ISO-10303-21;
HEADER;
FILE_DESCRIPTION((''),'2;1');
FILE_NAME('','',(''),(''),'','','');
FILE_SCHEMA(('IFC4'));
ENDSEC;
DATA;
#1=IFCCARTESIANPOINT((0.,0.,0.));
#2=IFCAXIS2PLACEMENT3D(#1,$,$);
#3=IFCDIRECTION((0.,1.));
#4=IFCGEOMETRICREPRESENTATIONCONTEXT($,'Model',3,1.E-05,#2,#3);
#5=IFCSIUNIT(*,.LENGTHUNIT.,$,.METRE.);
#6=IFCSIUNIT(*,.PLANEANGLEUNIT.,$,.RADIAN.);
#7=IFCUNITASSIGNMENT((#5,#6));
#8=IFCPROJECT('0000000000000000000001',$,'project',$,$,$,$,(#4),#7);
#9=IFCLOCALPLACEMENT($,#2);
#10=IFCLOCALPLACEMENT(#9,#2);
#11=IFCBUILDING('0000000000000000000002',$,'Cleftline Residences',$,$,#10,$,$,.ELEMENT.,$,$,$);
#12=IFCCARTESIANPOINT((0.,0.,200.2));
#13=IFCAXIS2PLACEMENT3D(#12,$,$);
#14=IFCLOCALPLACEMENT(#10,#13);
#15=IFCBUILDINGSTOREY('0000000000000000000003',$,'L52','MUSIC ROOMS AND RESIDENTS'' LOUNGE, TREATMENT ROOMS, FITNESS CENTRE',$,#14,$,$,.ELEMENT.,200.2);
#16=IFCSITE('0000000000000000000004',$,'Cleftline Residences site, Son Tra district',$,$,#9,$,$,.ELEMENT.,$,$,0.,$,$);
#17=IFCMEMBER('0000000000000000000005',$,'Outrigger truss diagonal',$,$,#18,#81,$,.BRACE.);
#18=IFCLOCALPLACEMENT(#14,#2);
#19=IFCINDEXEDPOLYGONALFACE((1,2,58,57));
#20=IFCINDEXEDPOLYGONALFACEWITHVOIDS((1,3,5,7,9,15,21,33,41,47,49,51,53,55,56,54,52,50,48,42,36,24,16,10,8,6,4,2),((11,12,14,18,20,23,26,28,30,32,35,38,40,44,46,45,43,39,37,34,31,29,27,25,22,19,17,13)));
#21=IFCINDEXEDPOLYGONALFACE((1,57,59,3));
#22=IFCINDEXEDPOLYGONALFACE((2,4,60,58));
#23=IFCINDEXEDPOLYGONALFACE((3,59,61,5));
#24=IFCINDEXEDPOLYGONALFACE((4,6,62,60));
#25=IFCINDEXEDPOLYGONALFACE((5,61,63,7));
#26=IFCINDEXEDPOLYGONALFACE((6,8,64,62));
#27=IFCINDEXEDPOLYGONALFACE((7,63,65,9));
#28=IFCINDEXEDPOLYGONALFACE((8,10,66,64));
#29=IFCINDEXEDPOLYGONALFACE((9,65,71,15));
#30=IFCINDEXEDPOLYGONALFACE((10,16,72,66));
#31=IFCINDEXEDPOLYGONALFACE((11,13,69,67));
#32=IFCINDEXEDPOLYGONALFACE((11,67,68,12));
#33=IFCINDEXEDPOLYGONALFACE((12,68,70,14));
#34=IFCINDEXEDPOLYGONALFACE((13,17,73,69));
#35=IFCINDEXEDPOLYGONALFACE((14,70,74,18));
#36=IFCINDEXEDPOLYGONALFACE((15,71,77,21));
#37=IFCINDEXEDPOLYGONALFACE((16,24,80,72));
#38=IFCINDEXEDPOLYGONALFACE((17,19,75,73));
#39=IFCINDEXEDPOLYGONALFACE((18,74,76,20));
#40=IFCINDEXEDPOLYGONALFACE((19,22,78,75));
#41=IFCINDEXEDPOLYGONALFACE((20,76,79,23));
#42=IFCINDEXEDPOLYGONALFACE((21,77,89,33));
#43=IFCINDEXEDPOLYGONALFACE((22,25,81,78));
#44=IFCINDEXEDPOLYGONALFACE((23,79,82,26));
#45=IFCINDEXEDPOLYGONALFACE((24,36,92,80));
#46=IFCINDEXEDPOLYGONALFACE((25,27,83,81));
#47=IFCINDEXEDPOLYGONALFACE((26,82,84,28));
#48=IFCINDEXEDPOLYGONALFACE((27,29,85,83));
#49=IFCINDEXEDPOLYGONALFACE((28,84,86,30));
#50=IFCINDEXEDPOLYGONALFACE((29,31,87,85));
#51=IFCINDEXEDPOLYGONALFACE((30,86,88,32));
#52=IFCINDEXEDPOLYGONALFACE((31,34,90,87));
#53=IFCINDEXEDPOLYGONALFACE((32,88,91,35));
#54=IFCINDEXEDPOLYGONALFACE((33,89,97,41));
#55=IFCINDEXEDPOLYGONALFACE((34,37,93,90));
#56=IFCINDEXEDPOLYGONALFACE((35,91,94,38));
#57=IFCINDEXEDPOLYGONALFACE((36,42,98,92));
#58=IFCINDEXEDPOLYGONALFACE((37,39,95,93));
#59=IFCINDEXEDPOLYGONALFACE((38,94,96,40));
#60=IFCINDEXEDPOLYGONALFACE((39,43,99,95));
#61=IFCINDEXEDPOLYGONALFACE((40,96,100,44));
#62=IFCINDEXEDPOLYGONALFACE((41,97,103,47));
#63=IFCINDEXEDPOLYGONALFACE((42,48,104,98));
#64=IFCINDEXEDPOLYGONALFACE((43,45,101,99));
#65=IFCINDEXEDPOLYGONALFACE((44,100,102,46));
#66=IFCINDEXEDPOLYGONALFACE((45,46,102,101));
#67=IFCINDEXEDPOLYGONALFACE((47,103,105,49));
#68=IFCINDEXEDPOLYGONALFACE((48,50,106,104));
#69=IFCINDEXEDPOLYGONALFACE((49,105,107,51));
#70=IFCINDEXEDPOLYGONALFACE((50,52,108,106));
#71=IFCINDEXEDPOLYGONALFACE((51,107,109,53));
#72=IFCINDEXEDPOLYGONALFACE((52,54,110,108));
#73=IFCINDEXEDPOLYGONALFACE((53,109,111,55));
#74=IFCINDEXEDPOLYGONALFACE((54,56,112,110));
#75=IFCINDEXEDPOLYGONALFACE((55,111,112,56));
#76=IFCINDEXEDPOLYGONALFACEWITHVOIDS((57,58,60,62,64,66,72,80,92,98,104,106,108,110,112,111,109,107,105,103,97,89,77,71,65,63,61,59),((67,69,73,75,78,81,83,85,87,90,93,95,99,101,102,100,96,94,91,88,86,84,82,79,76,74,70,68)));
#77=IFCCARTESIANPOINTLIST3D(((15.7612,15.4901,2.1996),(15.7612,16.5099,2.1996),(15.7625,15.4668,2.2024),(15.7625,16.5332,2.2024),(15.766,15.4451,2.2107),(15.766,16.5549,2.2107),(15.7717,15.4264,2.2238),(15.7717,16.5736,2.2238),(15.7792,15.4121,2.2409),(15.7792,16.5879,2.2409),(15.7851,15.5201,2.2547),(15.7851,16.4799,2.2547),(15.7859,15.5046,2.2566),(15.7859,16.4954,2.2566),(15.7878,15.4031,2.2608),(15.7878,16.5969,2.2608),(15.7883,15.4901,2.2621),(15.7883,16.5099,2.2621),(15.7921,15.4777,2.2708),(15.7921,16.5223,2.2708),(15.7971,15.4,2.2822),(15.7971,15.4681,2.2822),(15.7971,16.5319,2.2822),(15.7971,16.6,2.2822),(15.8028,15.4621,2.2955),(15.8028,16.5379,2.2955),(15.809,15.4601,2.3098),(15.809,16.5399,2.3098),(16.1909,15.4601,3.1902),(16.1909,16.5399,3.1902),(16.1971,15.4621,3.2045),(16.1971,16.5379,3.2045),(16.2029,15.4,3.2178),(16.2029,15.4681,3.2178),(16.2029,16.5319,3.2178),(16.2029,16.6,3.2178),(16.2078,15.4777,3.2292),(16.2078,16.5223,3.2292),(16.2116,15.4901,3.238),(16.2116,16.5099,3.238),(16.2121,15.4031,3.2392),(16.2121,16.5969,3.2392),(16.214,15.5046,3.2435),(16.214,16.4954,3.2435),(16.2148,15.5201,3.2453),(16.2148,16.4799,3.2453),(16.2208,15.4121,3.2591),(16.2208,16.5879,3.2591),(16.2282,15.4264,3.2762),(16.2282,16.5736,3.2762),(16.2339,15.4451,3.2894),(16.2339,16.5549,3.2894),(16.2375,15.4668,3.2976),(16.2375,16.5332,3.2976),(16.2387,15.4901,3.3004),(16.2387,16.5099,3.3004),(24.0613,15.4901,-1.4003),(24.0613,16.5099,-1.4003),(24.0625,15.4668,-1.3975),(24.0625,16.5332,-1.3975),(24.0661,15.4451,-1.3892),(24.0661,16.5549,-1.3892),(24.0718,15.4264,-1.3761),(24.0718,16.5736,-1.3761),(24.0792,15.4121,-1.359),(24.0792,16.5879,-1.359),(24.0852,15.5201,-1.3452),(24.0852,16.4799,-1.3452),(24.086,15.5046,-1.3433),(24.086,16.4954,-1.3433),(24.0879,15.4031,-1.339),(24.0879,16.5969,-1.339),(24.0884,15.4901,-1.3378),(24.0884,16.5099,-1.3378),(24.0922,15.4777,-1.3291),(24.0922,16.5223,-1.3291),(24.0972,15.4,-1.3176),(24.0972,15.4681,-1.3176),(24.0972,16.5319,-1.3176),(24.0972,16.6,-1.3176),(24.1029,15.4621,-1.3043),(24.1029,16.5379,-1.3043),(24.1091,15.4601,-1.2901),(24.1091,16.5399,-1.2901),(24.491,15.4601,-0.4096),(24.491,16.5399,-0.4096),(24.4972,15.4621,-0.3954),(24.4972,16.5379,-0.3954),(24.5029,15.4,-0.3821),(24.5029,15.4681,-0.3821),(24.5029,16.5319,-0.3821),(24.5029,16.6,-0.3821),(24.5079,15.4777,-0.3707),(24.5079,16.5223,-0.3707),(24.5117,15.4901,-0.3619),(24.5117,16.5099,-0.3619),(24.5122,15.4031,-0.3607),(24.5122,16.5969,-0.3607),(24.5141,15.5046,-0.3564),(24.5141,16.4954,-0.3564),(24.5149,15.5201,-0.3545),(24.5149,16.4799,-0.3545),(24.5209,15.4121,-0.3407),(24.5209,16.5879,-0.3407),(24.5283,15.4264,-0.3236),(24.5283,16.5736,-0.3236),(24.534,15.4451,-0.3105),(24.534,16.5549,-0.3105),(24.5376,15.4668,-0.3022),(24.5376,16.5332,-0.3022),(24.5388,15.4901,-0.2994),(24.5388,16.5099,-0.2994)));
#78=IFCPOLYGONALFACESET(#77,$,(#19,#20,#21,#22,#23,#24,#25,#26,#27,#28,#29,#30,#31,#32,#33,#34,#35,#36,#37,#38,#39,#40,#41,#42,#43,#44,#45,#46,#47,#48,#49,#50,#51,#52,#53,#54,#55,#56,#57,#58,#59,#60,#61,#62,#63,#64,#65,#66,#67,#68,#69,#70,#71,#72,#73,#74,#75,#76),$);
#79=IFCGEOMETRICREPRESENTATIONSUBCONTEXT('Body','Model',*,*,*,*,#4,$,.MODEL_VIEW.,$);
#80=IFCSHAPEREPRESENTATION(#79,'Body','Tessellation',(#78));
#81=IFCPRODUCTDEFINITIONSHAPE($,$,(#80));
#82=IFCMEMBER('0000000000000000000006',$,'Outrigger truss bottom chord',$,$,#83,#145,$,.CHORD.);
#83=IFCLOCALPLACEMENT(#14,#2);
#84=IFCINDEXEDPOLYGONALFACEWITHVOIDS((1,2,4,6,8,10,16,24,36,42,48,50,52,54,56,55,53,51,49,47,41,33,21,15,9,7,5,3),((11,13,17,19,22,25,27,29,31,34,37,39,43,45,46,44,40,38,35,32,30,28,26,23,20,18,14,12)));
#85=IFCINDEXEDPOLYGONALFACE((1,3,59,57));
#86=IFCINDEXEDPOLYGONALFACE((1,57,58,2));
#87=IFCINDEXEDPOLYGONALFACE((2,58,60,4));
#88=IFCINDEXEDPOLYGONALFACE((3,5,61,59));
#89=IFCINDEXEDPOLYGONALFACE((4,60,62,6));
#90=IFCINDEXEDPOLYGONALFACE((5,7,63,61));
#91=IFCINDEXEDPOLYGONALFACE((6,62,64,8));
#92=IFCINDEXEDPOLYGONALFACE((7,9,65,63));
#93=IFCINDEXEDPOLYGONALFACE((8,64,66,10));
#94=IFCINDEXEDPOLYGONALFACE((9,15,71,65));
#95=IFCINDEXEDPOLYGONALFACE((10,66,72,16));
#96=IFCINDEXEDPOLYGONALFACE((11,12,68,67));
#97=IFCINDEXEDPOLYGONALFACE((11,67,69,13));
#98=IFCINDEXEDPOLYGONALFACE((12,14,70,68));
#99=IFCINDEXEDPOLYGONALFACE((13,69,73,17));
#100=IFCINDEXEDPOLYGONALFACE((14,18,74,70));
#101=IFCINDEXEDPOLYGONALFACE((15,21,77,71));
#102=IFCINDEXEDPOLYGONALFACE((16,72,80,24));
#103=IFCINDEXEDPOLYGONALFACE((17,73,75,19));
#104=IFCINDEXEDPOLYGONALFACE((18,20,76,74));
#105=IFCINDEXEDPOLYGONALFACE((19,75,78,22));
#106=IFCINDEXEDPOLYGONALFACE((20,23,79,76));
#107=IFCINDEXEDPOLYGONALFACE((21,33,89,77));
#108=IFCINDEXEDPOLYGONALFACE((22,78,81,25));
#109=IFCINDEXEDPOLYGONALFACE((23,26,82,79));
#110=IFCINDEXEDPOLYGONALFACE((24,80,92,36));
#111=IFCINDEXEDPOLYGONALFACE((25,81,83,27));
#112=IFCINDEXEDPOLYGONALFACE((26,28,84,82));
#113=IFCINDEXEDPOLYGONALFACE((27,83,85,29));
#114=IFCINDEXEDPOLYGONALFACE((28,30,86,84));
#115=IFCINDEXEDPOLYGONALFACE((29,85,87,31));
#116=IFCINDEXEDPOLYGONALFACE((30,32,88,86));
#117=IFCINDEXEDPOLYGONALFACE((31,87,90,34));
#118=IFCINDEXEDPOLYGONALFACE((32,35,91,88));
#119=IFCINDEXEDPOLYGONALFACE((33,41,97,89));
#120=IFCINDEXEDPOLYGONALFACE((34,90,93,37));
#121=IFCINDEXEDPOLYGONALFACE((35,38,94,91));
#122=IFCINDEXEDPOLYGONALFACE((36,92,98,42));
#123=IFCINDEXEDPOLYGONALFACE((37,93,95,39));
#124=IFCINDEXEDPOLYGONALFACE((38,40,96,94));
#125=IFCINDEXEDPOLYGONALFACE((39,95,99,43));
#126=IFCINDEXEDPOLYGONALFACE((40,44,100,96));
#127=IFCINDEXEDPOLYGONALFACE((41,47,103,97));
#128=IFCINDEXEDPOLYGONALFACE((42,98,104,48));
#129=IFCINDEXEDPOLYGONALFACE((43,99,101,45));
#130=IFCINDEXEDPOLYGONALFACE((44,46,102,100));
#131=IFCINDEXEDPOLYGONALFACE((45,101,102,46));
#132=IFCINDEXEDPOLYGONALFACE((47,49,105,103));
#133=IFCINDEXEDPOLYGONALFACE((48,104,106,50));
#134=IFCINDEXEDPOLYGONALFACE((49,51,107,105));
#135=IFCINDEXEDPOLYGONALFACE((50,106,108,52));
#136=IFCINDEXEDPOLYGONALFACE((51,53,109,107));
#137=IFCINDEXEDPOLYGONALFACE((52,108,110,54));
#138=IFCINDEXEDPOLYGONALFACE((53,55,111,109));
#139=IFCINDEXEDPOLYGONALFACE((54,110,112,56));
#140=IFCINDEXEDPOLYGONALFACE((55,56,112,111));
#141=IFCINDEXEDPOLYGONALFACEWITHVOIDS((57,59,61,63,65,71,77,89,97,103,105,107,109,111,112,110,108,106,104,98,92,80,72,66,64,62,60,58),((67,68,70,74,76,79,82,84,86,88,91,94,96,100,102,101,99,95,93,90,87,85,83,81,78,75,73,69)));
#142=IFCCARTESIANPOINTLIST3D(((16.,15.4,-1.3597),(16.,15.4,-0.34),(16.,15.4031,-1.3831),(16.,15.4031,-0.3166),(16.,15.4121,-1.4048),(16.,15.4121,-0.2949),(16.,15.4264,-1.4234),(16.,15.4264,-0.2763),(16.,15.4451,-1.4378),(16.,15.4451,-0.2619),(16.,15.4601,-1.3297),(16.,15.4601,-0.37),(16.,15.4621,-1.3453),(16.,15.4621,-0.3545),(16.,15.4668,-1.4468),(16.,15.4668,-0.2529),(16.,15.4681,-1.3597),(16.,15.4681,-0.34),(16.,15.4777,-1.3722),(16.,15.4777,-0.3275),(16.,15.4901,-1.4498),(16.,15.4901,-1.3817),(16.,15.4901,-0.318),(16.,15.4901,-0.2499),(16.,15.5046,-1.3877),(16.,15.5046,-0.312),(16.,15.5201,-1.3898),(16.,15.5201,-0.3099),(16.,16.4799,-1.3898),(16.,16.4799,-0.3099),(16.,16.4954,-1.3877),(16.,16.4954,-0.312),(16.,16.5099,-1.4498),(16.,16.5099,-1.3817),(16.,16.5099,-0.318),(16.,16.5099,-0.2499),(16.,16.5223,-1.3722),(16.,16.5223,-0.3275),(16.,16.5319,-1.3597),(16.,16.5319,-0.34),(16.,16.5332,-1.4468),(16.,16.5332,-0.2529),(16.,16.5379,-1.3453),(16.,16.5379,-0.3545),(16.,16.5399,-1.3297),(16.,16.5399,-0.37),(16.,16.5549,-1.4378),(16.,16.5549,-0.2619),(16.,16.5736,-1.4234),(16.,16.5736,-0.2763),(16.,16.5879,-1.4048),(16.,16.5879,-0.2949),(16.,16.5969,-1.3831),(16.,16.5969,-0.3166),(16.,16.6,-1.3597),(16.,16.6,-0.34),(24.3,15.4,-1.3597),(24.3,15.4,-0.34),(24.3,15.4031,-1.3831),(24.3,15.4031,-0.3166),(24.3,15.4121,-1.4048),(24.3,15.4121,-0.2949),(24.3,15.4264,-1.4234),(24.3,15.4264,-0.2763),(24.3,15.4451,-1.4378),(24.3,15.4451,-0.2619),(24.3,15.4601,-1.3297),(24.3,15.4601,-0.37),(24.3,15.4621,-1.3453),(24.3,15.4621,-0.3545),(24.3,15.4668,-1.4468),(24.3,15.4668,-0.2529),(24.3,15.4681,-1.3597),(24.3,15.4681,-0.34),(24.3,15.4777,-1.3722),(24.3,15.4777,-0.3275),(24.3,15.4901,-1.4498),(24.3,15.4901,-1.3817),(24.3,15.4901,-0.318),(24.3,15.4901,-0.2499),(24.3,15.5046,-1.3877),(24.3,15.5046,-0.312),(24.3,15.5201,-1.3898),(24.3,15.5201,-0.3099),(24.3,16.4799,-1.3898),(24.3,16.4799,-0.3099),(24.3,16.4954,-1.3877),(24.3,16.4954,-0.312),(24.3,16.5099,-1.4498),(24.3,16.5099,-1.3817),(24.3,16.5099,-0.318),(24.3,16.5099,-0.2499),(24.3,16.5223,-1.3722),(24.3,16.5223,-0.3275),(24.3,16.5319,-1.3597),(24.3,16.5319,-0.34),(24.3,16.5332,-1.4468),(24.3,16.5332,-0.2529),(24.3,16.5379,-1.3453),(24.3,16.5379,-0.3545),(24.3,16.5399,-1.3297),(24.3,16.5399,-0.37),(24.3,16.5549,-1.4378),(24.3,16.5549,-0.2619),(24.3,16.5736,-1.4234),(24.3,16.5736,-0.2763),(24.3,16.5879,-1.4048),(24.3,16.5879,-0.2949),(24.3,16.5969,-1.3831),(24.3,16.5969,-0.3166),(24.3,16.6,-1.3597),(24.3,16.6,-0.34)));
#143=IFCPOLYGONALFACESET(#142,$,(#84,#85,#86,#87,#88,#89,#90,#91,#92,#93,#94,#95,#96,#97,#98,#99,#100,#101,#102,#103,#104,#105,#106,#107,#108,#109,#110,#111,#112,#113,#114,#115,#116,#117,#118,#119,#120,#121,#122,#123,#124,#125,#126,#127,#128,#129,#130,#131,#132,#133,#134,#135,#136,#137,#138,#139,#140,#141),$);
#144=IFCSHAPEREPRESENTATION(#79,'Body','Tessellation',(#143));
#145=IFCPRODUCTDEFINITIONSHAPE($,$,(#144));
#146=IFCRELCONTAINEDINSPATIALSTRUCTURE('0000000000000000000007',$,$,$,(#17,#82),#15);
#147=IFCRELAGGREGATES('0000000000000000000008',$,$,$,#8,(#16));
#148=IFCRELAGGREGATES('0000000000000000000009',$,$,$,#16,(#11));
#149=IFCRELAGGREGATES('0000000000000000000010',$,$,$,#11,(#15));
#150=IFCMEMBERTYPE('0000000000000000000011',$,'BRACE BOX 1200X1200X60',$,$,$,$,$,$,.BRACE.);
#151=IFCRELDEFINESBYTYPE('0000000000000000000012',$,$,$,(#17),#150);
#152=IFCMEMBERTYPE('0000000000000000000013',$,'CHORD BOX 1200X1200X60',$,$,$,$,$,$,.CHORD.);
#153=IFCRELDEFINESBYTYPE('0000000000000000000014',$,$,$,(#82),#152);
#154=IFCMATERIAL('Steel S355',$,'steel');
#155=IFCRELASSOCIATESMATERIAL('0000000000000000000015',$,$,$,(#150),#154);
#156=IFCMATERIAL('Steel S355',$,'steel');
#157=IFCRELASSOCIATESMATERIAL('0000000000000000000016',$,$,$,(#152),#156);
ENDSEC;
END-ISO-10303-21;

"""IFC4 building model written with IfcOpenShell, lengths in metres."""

from ifc_helpers import new_model, si_unit, direction, frame, origin, origin_2d, place, context, subcontext, project, spatial, hollow_rectangle, extrude, material, material_profile, profile_set, type_object, element, save


model = new_model("IFC4")

# Units and contexts
model_context = context("Model", 3, precision=1e-05, world=origin(), true_north=direction((0.0, 1.0)))
body_context = subcontext(model_context, "Body", "Model", "MODEL_VIEW")
ifc_project = project(units=[si_unit("LENGTHUNIT", "METRE"), si_unit("PLANEANGLEUNIT", "RADIAN")], contexts=[model_context])

# Site, building, storey
site_placement = place(None, origin())
site = spatial("IfcSite", under=ifc_project, at=site_placement, Name="Cleftline Residences site, Son Tra district", CompositionType="ELEMENT", RefElevation=0.0)
building_placement = place(site_placement, origin())
building = spatial("IfcBuilding", under=site, at=building_placement, Name="Cleftline Residences", CompositionType="ELEMENT")
storey_placement = place(building_placement, frame((0.0, 0.0, 200.2)))
storey = spatial("IfcBuildingStorey", under=building, at=storey_placement, Name="L52", Description="MUSIC ROOMS AND RESIDENTS' LOUNGE, TREATMENT ROOMS, FITNESS CENTRE", CompositionType="ELEMENT", Elevation=200.2)

# Members
ifc_material_1 = material(Name="Steel S355", Category="steel")
ifc_material_profile_1 = material_profile(ifc_material_1, hollow_rectangle(XDim=1.2, YDim=1.2, WallThickness=0.0601, InnerFilletRadius=0.0601, OuterFilletRadius=0.0901, at=origin_2d()))
ifc_profile_set_1 = profile_set([ifc_material_profile_1], Name="Steel S355")
member_type_1 = type_object("IfcMemberType", Name="BRACE BOX 1200X1200X60", PredefinedType="BRACE", material=ifc_profile_set_1)
member_1_placement = place(storey_placement, frame((24.3, 16.0, -0.8499), z_axis=(-0.917428, 0.0, 0.397902), x_axis=(0.397902, 0.0, 0.917428)))
element("IfcMember", 1, at=member_1_placement, inside=storey, type_object=member_type_1, Name="Outrigger truss diagonal", PredefinedType="BRACE", context=body_context, shape_type="SweptSolid", body=[
    extrude(hollow_rectangle(XDim=1.2, YDim=1.2, WallThickness=0.0601, InnerFilletRadius=0.0601, OuterFilletRadius=0.0901, at=origin_2d()), origin(), (0.0, 0.0, 1.0), 9.0471),
])
ifc_material_2 = material(Name="Steel S355", Category="steel")
ifc_material_profile_2 = material_profile(ifc_material_2, hollow_rectangle(XDim=1.2, YDim=1.2, WallThickness=0.0601, InnerFilletRadius=0.0601, OuterFilletRadius=0.0901, at=origin_2d()))
ifc_profile_set_2 = profile_set([ifc_material_profile_2], Name="Steel S355")
member_type_2 = type_object("IfcMemberType", Name="CHORD BOX 1200X1200X60", PredefinedType="CHORD", material=ifc_profile_set_2)
for number, where, z_axis, x_axis, name in (
    (2, (24.3, 16.0, -0.8499), (-1.0, 0.0, 0.0), (0.0, -1.0, 0.0), "Outrigger truss bottom chord"),
):
    element("IfcMember", number, at=place(storey_placement, frame(where, z_axis=z_axis, x_axis=x_axis)), inside=storey, type_object=member_type_2, Name=name, PredefinedType="CHORD", context=body_context, shape_type="SweptSolid", body=[
        extrude(hollow_rectangle(XDim=1.2, YDim=1.2, WallThickness=0.0601, InnerFilletRadius=0.0601, OuterFilletRadius=0.0901, at=origin_2d()), origin(), (0.0, 0.0, 1.0), 8.3),
    ])

save(model, "model.ifc")
